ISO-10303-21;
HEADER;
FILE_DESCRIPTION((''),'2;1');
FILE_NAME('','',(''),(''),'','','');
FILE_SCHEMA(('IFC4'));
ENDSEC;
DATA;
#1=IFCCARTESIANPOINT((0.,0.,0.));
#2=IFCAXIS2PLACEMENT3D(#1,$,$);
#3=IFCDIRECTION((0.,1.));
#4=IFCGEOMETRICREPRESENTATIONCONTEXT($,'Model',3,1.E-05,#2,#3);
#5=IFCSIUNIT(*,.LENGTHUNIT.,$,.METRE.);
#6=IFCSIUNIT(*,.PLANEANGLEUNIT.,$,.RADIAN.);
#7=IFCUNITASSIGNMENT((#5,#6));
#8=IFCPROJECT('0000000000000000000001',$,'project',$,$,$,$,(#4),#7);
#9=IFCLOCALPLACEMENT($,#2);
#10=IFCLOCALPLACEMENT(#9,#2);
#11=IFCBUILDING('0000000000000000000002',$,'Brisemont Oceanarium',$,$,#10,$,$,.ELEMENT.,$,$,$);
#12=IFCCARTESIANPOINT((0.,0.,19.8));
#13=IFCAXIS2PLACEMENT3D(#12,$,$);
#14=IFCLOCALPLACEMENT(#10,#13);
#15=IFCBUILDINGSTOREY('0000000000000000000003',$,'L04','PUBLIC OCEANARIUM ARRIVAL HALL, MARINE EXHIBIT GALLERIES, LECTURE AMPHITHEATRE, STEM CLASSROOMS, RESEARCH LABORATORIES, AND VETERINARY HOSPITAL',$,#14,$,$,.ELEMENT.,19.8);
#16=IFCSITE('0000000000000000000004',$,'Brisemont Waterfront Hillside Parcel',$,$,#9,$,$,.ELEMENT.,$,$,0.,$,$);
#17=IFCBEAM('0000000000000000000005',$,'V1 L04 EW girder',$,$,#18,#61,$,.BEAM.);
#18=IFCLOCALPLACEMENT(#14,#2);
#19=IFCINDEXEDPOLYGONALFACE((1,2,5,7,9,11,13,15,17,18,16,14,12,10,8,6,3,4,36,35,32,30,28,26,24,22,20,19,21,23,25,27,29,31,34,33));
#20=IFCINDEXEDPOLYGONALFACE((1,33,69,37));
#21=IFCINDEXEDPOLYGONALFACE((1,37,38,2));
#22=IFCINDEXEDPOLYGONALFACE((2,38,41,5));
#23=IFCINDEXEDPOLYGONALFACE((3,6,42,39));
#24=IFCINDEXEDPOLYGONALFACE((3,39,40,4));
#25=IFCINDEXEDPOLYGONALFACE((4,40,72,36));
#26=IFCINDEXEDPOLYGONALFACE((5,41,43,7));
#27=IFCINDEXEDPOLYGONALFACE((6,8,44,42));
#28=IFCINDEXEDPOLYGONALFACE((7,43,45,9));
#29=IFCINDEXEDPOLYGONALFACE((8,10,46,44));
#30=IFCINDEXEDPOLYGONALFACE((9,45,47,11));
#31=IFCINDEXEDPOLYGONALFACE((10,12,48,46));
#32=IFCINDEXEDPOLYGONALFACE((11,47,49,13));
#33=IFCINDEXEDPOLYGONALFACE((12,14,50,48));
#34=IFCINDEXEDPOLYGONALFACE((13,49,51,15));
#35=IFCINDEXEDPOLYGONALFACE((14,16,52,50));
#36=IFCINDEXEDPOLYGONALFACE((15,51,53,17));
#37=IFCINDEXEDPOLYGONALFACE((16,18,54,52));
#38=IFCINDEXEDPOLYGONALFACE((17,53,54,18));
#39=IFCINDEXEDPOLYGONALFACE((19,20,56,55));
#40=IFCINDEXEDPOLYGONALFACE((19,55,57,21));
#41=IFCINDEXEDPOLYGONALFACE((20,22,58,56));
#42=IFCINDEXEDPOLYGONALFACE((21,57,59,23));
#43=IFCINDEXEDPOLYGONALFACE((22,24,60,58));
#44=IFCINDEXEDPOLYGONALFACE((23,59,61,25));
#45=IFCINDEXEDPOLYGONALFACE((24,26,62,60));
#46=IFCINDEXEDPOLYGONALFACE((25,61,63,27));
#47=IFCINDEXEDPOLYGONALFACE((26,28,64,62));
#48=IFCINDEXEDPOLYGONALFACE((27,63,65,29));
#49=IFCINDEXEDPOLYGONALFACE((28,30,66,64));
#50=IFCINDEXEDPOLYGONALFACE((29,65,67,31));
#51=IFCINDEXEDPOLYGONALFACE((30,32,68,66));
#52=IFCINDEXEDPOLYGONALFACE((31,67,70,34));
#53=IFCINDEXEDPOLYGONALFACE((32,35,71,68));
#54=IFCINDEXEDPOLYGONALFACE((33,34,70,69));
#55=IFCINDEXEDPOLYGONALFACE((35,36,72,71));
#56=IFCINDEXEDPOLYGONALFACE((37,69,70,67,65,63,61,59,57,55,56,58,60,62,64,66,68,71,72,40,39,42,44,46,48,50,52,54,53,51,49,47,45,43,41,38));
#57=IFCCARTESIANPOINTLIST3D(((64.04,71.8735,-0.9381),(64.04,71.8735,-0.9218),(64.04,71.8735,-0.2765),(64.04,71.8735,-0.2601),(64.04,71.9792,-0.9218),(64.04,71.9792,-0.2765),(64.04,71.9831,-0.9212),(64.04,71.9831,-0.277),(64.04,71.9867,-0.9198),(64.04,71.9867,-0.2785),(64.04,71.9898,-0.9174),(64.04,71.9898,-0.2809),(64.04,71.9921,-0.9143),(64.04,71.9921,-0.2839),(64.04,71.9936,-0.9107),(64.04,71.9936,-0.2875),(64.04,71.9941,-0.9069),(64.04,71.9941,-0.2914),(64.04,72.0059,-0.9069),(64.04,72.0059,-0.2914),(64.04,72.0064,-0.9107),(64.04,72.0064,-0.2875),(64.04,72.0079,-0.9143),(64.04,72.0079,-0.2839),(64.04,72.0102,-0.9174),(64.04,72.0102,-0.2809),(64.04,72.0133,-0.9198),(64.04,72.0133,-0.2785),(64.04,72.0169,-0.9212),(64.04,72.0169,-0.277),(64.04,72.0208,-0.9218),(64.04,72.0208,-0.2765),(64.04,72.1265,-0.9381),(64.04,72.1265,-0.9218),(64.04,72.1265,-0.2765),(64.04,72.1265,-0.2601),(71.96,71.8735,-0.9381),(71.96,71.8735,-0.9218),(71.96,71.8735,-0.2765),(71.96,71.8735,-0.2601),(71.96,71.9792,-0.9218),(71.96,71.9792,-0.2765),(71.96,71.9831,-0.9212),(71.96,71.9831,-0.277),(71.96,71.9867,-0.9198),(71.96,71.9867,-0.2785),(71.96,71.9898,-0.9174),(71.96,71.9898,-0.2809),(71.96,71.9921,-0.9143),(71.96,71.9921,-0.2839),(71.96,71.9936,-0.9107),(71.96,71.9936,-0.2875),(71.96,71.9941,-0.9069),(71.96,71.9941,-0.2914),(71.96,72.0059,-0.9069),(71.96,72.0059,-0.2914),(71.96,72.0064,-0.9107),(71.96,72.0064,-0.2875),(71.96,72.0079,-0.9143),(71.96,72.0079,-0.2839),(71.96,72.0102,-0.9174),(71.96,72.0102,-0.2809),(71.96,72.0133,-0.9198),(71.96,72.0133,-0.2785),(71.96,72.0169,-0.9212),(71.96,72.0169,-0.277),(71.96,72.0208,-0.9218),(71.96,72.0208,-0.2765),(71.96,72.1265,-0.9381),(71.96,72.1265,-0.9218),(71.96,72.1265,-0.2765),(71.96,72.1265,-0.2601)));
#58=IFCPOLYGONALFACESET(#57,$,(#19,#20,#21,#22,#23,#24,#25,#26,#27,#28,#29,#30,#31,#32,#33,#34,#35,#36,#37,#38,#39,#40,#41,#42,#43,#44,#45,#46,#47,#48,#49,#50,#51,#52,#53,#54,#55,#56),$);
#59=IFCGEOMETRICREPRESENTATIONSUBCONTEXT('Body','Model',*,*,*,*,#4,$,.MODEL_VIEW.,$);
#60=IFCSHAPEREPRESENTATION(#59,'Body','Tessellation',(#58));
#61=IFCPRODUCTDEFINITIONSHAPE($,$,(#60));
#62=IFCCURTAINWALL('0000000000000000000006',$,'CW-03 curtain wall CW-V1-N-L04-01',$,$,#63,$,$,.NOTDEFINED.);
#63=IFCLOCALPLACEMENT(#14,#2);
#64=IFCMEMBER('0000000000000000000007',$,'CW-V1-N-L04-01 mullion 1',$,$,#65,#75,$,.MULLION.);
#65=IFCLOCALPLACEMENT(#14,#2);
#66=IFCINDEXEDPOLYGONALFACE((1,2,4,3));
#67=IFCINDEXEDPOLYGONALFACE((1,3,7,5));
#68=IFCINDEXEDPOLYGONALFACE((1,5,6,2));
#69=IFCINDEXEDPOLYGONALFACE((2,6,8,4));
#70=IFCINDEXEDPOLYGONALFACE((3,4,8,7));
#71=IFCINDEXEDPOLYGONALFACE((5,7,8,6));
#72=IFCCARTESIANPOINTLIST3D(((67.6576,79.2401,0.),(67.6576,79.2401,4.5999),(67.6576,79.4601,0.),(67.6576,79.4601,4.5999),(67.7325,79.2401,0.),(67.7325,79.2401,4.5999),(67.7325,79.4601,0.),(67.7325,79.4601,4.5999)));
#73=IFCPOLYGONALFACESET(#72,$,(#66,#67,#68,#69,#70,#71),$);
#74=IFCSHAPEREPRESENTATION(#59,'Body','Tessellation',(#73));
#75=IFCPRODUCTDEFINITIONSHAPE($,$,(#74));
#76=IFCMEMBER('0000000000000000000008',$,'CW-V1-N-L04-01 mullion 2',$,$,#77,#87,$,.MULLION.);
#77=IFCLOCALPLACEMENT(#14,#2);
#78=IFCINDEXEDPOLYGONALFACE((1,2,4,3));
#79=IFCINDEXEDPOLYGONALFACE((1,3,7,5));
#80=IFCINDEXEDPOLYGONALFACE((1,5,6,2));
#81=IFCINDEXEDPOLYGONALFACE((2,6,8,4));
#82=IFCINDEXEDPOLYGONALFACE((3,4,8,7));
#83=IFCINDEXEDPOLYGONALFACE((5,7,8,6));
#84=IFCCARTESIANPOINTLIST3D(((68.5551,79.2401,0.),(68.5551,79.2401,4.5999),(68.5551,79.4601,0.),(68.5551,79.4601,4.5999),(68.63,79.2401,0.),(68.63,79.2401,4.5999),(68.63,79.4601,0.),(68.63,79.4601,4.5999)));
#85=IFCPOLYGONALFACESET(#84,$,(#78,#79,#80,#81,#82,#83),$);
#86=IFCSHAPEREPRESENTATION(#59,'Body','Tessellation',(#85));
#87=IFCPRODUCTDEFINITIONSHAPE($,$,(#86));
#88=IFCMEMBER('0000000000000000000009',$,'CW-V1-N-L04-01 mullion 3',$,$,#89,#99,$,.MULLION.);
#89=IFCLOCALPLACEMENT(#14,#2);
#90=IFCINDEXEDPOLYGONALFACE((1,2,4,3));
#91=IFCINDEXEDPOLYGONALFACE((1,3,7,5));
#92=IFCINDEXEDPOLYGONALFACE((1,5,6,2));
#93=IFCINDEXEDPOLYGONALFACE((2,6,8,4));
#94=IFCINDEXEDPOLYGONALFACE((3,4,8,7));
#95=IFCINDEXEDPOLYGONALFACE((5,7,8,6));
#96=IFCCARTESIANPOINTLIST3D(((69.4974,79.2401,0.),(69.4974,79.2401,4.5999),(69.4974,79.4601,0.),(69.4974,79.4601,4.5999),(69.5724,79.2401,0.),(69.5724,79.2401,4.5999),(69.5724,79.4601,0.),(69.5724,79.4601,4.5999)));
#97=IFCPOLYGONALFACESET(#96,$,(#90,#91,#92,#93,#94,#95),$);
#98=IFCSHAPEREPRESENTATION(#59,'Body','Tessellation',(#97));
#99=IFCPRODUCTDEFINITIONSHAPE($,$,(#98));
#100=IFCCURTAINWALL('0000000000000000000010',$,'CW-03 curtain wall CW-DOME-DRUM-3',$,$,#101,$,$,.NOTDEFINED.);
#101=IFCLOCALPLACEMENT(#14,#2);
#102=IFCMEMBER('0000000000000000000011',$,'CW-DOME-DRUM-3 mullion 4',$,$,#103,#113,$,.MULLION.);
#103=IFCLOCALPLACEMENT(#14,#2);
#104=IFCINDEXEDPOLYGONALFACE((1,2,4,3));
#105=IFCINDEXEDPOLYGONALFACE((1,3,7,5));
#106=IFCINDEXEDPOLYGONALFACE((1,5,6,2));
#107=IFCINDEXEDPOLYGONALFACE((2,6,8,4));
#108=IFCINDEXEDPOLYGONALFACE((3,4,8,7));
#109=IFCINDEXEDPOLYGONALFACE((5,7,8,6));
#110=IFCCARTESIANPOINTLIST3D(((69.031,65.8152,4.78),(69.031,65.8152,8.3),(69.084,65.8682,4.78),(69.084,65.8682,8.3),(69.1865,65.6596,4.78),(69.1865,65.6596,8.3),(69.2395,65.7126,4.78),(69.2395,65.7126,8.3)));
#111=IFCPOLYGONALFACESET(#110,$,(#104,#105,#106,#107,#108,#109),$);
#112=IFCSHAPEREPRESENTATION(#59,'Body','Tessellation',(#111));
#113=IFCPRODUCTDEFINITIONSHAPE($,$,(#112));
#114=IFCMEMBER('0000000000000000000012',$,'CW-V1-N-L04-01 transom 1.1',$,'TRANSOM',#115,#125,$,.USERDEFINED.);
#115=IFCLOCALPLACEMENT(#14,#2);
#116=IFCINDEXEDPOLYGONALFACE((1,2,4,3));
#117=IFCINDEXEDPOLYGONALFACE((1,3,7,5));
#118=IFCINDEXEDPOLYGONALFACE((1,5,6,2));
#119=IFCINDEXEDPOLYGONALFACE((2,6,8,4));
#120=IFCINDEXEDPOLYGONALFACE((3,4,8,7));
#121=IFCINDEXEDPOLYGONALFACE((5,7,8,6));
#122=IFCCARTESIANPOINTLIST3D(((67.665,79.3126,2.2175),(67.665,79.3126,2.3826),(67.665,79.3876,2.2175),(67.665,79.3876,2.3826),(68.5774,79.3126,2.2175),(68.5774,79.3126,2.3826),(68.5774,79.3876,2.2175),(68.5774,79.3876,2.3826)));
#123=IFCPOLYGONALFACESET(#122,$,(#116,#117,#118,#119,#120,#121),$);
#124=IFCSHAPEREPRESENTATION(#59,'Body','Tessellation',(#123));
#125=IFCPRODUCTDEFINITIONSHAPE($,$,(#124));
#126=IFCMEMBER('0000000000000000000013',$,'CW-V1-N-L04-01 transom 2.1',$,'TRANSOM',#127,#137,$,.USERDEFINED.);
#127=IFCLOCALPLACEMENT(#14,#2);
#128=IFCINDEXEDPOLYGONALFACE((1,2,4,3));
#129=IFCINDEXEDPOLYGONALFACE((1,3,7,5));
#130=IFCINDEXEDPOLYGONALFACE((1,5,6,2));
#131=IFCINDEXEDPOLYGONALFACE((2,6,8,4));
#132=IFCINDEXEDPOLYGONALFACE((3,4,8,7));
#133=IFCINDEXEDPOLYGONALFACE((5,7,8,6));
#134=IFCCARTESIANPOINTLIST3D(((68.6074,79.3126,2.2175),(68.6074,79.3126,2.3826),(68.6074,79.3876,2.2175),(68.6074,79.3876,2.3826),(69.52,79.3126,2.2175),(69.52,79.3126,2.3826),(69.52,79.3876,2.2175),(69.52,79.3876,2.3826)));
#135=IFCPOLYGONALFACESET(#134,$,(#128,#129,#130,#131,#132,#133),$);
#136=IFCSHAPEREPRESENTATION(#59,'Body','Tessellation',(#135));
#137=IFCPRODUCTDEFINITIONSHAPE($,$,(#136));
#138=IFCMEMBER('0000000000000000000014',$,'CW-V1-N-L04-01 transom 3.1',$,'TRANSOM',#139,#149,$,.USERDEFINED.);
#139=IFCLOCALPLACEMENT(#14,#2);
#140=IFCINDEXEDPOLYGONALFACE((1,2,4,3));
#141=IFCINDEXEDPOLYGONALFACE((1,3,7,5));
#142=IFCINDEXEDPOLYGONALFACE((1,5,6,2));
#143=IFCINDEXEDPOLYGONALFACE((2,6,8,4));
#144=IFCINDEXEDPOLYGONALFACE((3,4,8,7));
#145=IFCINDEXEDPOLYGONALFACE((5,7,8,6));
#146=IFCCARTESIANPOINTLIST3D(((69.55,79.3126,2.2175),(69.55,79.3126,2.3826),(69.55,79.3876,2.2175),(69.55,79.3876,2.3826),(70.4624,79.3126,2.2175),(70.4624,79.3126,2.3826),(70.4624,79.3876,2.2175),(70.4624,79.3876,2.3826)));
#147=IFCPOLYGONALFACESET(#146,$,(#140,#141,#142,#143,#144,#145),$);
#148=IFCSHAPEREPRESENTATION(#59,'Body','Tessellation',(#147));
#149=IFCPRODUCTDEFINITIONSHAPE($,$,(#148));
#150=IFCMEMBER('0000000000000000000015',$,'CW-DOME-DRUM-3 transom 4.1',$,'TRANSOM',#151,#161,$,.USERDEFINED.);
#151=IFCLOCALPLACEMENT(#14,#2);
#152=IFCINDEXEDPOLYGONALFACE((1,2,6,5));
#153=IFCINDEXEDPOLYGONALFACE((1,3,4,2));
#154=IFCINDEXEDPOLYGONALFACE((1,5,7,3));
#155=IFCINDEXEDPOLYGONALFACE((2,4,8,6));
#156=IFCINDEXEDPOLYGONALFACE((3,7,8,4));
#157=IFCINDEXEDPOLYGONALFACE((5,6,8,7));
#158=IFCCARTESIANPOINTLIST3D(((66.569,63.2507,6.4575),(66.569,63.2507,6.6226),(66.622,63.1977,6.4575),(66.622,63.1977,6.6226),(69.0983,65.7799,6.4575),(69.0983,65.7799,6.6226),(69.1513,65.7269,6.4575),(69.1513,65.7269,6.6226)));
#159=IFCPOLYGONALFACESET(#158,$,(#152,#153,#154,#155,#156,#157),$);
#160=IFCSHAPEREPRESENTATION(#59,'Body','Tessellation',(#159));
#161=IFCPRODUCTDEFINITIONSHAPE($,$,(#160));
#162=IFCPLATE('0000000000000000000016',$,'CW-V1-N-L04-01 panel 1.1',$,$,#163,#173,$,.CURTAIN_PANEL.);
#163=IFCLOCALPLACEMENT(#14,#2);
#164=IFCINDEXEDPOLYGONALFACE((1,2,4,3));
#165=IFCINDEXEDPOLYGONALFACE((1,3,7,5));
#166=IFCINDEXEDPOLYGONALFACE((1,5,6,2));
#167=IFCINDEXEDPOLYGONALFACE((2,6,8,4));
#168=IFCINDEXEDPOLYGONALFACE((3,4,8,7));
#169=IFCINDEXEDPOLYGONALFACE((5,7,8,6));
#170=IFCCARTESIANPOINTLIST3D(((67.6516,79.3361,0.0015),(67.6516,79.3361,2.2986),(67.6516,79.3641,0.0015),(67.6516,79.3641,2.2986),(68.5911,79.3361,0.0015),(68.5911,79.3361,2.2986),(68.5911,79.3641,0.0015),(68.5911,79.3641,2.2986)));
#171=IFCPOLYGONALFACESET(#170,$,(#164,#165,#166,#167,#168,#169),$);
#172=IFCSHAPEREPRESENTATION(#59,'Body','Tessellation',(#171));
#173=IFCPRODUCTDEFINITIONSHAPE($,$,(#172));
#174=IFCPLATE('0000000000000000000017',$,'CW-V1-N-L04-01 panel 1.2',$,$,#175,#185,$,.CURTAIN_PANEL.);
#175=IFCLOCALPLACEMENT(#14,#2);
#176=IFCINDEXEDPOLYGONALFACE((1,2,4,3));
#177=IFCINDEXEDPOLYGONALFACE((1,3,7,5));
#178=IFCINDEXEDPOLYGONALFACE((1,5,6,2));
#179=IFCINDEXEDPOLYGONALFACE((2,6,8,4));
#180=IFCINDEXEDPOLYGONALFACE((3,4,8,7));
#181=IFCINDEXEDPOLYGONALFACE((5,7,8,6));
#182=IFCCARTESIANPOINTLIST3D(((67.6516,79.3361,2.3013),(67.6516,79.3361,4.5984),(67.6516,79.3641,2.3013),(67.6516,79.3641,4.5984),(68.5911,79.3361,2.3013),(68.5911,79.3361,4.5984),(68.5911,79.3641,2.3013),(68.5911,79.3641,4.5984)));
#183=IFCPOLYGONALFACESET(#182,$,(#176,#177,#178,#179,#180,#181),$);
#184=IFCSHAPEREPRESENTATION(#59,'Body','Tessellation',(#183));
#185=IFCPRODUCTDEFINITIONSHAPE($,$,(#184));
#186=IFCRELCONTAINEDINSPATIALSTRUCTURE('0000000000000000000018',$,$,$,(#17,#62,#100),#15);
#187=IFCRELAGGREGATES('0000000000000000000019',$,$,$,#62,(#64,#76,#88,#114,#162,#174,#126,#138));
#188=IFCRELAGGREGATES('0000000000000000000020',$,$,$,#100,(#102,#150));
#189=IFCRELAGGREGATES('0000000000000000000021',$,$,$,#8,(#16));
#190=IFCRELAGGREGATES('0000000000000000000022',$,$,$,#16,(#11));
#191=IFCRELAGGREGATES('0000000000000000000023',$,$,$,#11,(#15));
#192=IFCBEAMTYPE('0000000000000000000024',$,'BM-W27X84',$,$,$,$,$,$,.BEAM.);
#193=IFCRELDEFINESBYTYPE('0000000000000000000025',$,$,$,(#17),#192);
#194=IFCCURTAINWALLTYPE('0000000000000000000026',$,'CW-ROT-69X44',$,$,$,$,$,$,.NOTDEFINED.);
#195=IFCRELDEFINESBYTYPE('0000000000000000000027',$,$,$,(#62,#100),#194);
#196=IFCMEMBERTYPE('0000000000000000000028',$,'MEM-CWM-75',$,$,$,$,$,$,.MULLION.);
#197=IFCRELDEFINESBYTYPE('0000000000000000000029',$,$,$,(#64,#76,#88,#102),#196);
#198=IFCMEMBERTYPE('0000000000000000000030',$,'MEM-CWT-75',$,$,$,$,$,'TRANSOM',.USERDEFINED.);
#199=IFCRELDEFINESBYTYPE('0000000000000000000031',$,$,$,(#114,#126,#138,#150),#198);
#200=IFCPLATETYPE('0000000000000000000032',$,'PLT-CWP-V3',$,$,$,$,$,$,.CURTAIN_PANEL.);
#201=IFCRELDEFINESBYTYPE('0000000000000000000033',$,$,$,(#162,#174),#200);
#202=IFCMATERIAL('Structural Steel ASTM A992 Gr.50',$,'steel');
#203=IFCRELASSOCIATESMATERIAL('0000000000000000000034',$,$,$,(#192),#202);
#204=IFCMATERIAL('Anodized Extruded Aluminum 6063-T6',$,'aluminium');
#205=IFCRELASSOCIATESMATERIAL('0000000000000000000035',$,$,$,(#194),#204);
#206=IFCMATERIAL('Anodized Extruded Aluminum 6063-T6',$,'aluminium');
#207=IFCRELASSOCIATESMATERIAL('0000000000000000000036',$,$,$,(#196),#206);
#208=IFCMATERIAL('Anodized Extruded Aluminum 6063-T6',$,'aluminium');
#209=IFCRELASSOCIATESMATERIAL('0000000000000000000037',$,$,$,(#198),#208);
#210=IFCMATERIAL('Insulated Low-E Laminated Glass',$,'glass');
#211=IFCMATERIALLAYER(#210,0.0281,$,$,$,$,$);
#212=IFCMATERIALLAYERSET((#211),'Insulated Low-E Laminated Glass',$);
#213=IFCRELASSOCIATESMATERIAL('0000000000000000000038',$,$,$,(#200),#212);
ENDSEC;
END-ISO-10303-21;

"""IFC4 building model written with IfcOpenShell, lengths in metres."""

from ifc_helpers import new_model, si_unit, direction, frame, origin, origin_2d, place, context, subcontext, project, spatial, rectangle, i_section, extrude, material, layer, layer_set, material_profile, profile_set, type_object, element, aggregate, save


model = new_model("IFC4")

# Units and contexts
model_context = context("Model", 3, precision=1e-05, world=origin(), true_north=direction((0.0, 1.0)))
body_context = subcontext(model_context, "Body", "Model", "MODEL_VIEW")
ifc_project = project(units=[si_unit("LENGTHUNIT", "METRE"), si_unit("PLANEANGLEUNIT", "RADIAN")], contexts=[model_context])

# Site, building, storey
site_placement = place(None, origin())
site = spatial("IfcSite", under=ifc_project, at=site_placement, Name="Brisemont Waterfront Hillside Parcel", CompositionType="ELEMENT", RefElevation=0.0)
building_placement = place(site_placement, origin())
building = spatial("IfcBuilding", under=site, at=building_placement, Name="Brisemont Oceanarium", CompositionType="ELEMENT")
storey_placement = place(building_placement, frame((0.0, 0.0, 19.8)))
storey = spatial("IfcBuildingStorey", under=building, at=storey_placement, Name="L04", Description="PUBLIC OCEANARIUM ARRIVAL HALL, MARINE EXHIBIT GALLERIES, LECTURE AMPHITHEATRE, STEM CLASSROOMS, RESEARCH LABORATORIES, AND VETERINARY HOSPITAL", CompositionType="ELEMENT", Elevation=19.8)

# Beam
ifc_material_1 = material(Name="Structural Steel ASTM A992 Gr.50", Category="steel")
ifc_material_profile_1 = material_profile(ifc_material_1, i_section(OverallWidth=0.2529, OverallDepth=0.678, WebThickness=0.0117, FlangeThickness=0.0164, FilletRadius=0.0149, at=origin_2d()), Name="W27X84")
ifc_profile_set_1 = profile_set([ifc_material_profile_1], Name="Structural Steel ASTM A992 Gr.50")
beam_type_1 = type_object("IfcBeamType", Name="BM-W27X84", PredefinedType="BEAM", material=ifc_profile_set_1)
beam_1_placement = place(storey_placement, frame((64.04, 72.0, -0.5991), z_axis=(1.0, 0.0, 0.0), x_axis=(0.0, 1.0, 0.0)))
element("IfcBeam", 1, at=beam_1_placement, inside=storey, type_object=beam_type_1, Name="V1 L04 EW girder", PredefinedType="BEAM", context=body_context, shape_type="SweptSolid", body=[
    extrude(i_section(OverallWidth=0.2529, OverallDepth=0.678, WebThickness=0.0117, FlangeThickness=0.0164, FilletRadius=0.0149, at=origin_2d()), origin(), (0.0, 0.0, 1.0), 7.9199),
])

# Curtain wall, members
ifc_material_2 = material(Name="Anodized Extruded Aluminum 6063-T6", Category="aluminium")
curtain_wall_type = type_object("IfcCurtainWallType", Name="CW-ROT-69X44", PredefinedType="NOTDEFINED", material=ifc_material_2)
curtain_wall_1_placement = place(storey_placement, origin())
curtain_wall_1 = element("IfcCurtainWall", 2, at=curtain_wall_1_placement, inside=storey, type_object=curtain_wall_type, Name="CW-03 curtain wall CW-V1-N-L04-01", PredefinedType="NOTDEFINED")
ifc_material_3 = material(Name="Anodized Extruded Aluminum 6063-T6", Category="aluminium")
ifc_material_profile_2 = material_profile(ifc_material_3, rectangle(XDim=0.075, YDim=0.22, at=origin_2d()), Name="CWM-75X220")
ifc_profile_set_2 = profile_set([ifc_material_profile_2], Name="Anodized Extruded Aluminum 6063-T6")
member_type_1 = type_object("IfcMemberType", Name="MEM-CWM-75", PredefinedType="MULLION", material=ifc_profile_set_2)
member_1_placement = place(storey_placement, frame((67.6951, 79.3501, 0.0), z_axis=(0.0, 0.0, 1.0), x_axis=(1.0, 0.0, 0.0)))
member_1 = element("IfcMember", 3, at=member_1_placement, type_object=member_type_1, Name="CW-V1-N-L04-01 mullion 1", PredefinedType="MULLION", context=body_context, shape_type="SweptSolid", body=[
    extrude(rectangle(XDim=0.075, YDim=0.22, at=origin_2d()), origin(), (0.0, 0.0, 1.0), 4.5999),
])
member_2_placement = place(storey_placement, frame((68.5925, 79.3501, 0.0), z_axis=(0.0, 0.0, 1.0), x_axis=(1.0, 0.0, 0.0)))
member_2 = element("IfcMember", 4, at=member_2_placement, type_object=member_type_1, Name="CW-V1-N-L04-01 mullion 2", PredefinedType="MULLION", context=body_context, shape_type="SweptSolid", body=[
    extrude(rectangle(XDim=0.075, YDim=0.22, at=origin_2d()), origin(), (0.0, 0.0, 1.0), 4.5999),
])
member_3_placement = place(storey_placement, frame((69.5349, 79.3501, 0.0), z_axis=(0.0, 0.0, 1.0), x_axis=(1.0, 0.0, 0.0)))
member_3 = element("IfcMember", 5, at=member_3_placement, type_object=member_type_1, Name="CW-V1-N-L04-01 mullion 3", PredefinedType="MULLION", context=body_context, shape_type="SweptSolid", body=[
    extrude(rectangle(XDim=0.075, YDim=0.22, at=origin_2d()), origin(), (0.0, 0.0, 1.0), 4.5999),
])

# Curtain wall, member
curtain_wall_2_placement = place(storey_placement, origin())
curtain_wall_2 = element("IfcCurtainWall", 6, at=curtain_wall_2_placement, inside=storey, type_object=curtain_wall_type, Name="CW-03 curtain wall CW-DOME-DRUM-3", PredefinedType="NOTDEFINED")
member_4_placement = place(storey_placement, frame((69.1353, 65.7639, 4.78), z_axis=(0.0, 0.0, 1.0), x_axis=(-0.707107, -0.707107, 0.0)))
member_4 = element("IfcMember", 7, at=member_4_placement, type_object=member_type_1, Name="CW-DOME-DRUM-3 mullion 4", PredefinedType="MULLION", context=body_context, shape_type="SweptSolid", body=[
    extrude(rectangle(XDim=0.075, YDim=0.22, at=origin_2d()), origin(), (0.0, 0.0, 1.0), 3.52),
])

# Members
ifc_material_4 = material(Name="Anodized Extruded Aluminum 6063-T6", Category="aluminium")
ifc_material_profile_3 = material_profile(ifc_material_4, rectangle(XDim=0.075, YDim=0.165, at=origin_2d()), Name="CWT-75X165")
ifc_profile_set_3 = profile_set([ifc_material_profile_3], Name="Anodized Extruded Aluminum 6063-T6")
member_type_2 = type_object("IfcMemberType", Name="MEM-CWT-75", ElementType="TRANSOM", PredefinedType="USERDEFINED", material=ifc_profile_set_3)
member_5_placement = place(storey_placement, frame((67.665, 79.3501, 2.3), z_axis=(1.0, 0.0, 0.0), x_axis=(0.0, 1.0, 0.0)))
member_5 = element("IfcMember", 8, at=member_5_placement, type_object=member_type_2, Name="CW-V1-N-L04-01 transom 1.1", ObjectType="TRANSOM", PredefinedType="USERDEFINED", context=body_context, shape_type="SweptSolid", body=[
    extrude(rectangle(XDim=0.075, YDim=0.165, at=origin_2d()), origin(), (0.0, 0.0, 1.0), 0.9124),
])
member_6_placement = place(storey_placement, frame((68.6074, 79.3501, 2.3), z_axis=(1.0, 0.0, 0.0), x_axis=(0.0, 1.0, 0.0)))
member_6 = element("IfcMember", 9, at=member_6_placement, type_object=member_type_2, Name="CW-V1-N-L04-01 transom 2.1", ObjectType="TRANSOM", PredefinedType="USERDEFINED", context=body_context, shape_type="SweptSolid", body=[
    extrude(rectangle(XDim=0.075, YDim=0.165, at=origin_2d()), origin(), (0.0, 0.0, 1.0), 0.9126),
])
member_7_placement = place(storey_placement, frame((69.55, 79.3501, 2.3), z_axis=(1.0, 0.0, 0.0), x_axis=(0.0, 1.0, 0.0)))
member_7 = element("IfcMember", 10, at=member_7_placement, type_object=member_type_2, Name="CW-V1-N-L04-01 transom 3.1", ObjectType="TRANSOM", PredefinedType="USERDEFINED", context=body_context, shape_type="SweptSolid", body=[
    extrude(rectangle(XDim=0.075, YDim=0.165, at=origin_2d()), origin(), (0.0, 0.0, 1.0), 0.9124),
])
member_8_placement = place(storey_placement, frame((69.1248, 65.7534, 6.54), z_axis=(-0.707107, -0.707107, 0.0), x_axis=(0.707107, -0.707107, 0.0)))
member_8 = element("IfcMember", 11, at=member_8_placement, type_object=member_type_2, Name="CW-DOME-DRUM-3 transom 4.1", ObjectType="TRANSOM", PredefinedType="USERDEFINED", context=body_context, shape_type="SweptSolid", body=[
    extrude(rectangle(XDim=0.075, YDim=0.165, at=origin_2d()), origin(), (0.0, 0.0, 1.0), 3.5769),
])

# Plates
ifc_material_5 = material(Name="Insulated Low-E Laminated Glass", Category="glass")
ifc_layer_1 = layer(ifc_material_5, 0.0281)
ifc_layer_set_1 = layer_set([ifc_layer_1], Name="Insulated Low-E Laminated Glass")
plate_type = type_object("IfcPlateType", Name="PLT-CWP-V3", PredefinedType="CURTAIN_PANEL", material=ifc_layer_set_1)
plate_1_placement = place(storey_placement, frame((68.1213, 79.3501, 0.0015), z_axis=(0.0, 0.0, 1.0), x_axis=(1.0, 0.0, 0.0)))
plate_1 = element("IfcPlate", 12, at=plate_1_placement, type_object=plate_type, Name="CW-V1-N-L04-01 panel 1.1", PredefinedType="CURTAIN_PANEL", context=body_context, shape_type="SweptSolid", body=[
    extrude(rectangle(XDim=0.9395, YDim=0.0281, at=origin_2d()), origin(), (0.0, 0.0, 1.0), 2.2971),
])
plate_2_placement = place(storey_placement, frame((68.1213, 79.3501, 2.3013), z_axis=(0.0, 0.0, 1.0), x_axis=(1.0, 0.0, 0.0)))
plate_2 = element("IfcPlate", 13, at=plate_2_placement, type_object=plate_type, Name="CW-V1-N-L04-01 panel 1.2", PredefinedType="CURTAIN_PANEL", context=body_context, shape_type="SweptSolid", body=[
    extrude(rectangle(XDim=0.9395, YDim=0.0281, at=origin_2d()), origin(), (0.0, 0.0, 1.0), 2.2971),
])
aggregate(curtain_wall_1, [member_1, member_2, member_3, member_5, plate_1, plate_2, member_6, member_7])
aggregate(curtain_wall_2, [member_4, member_8])

save(model, "model.ifc")
